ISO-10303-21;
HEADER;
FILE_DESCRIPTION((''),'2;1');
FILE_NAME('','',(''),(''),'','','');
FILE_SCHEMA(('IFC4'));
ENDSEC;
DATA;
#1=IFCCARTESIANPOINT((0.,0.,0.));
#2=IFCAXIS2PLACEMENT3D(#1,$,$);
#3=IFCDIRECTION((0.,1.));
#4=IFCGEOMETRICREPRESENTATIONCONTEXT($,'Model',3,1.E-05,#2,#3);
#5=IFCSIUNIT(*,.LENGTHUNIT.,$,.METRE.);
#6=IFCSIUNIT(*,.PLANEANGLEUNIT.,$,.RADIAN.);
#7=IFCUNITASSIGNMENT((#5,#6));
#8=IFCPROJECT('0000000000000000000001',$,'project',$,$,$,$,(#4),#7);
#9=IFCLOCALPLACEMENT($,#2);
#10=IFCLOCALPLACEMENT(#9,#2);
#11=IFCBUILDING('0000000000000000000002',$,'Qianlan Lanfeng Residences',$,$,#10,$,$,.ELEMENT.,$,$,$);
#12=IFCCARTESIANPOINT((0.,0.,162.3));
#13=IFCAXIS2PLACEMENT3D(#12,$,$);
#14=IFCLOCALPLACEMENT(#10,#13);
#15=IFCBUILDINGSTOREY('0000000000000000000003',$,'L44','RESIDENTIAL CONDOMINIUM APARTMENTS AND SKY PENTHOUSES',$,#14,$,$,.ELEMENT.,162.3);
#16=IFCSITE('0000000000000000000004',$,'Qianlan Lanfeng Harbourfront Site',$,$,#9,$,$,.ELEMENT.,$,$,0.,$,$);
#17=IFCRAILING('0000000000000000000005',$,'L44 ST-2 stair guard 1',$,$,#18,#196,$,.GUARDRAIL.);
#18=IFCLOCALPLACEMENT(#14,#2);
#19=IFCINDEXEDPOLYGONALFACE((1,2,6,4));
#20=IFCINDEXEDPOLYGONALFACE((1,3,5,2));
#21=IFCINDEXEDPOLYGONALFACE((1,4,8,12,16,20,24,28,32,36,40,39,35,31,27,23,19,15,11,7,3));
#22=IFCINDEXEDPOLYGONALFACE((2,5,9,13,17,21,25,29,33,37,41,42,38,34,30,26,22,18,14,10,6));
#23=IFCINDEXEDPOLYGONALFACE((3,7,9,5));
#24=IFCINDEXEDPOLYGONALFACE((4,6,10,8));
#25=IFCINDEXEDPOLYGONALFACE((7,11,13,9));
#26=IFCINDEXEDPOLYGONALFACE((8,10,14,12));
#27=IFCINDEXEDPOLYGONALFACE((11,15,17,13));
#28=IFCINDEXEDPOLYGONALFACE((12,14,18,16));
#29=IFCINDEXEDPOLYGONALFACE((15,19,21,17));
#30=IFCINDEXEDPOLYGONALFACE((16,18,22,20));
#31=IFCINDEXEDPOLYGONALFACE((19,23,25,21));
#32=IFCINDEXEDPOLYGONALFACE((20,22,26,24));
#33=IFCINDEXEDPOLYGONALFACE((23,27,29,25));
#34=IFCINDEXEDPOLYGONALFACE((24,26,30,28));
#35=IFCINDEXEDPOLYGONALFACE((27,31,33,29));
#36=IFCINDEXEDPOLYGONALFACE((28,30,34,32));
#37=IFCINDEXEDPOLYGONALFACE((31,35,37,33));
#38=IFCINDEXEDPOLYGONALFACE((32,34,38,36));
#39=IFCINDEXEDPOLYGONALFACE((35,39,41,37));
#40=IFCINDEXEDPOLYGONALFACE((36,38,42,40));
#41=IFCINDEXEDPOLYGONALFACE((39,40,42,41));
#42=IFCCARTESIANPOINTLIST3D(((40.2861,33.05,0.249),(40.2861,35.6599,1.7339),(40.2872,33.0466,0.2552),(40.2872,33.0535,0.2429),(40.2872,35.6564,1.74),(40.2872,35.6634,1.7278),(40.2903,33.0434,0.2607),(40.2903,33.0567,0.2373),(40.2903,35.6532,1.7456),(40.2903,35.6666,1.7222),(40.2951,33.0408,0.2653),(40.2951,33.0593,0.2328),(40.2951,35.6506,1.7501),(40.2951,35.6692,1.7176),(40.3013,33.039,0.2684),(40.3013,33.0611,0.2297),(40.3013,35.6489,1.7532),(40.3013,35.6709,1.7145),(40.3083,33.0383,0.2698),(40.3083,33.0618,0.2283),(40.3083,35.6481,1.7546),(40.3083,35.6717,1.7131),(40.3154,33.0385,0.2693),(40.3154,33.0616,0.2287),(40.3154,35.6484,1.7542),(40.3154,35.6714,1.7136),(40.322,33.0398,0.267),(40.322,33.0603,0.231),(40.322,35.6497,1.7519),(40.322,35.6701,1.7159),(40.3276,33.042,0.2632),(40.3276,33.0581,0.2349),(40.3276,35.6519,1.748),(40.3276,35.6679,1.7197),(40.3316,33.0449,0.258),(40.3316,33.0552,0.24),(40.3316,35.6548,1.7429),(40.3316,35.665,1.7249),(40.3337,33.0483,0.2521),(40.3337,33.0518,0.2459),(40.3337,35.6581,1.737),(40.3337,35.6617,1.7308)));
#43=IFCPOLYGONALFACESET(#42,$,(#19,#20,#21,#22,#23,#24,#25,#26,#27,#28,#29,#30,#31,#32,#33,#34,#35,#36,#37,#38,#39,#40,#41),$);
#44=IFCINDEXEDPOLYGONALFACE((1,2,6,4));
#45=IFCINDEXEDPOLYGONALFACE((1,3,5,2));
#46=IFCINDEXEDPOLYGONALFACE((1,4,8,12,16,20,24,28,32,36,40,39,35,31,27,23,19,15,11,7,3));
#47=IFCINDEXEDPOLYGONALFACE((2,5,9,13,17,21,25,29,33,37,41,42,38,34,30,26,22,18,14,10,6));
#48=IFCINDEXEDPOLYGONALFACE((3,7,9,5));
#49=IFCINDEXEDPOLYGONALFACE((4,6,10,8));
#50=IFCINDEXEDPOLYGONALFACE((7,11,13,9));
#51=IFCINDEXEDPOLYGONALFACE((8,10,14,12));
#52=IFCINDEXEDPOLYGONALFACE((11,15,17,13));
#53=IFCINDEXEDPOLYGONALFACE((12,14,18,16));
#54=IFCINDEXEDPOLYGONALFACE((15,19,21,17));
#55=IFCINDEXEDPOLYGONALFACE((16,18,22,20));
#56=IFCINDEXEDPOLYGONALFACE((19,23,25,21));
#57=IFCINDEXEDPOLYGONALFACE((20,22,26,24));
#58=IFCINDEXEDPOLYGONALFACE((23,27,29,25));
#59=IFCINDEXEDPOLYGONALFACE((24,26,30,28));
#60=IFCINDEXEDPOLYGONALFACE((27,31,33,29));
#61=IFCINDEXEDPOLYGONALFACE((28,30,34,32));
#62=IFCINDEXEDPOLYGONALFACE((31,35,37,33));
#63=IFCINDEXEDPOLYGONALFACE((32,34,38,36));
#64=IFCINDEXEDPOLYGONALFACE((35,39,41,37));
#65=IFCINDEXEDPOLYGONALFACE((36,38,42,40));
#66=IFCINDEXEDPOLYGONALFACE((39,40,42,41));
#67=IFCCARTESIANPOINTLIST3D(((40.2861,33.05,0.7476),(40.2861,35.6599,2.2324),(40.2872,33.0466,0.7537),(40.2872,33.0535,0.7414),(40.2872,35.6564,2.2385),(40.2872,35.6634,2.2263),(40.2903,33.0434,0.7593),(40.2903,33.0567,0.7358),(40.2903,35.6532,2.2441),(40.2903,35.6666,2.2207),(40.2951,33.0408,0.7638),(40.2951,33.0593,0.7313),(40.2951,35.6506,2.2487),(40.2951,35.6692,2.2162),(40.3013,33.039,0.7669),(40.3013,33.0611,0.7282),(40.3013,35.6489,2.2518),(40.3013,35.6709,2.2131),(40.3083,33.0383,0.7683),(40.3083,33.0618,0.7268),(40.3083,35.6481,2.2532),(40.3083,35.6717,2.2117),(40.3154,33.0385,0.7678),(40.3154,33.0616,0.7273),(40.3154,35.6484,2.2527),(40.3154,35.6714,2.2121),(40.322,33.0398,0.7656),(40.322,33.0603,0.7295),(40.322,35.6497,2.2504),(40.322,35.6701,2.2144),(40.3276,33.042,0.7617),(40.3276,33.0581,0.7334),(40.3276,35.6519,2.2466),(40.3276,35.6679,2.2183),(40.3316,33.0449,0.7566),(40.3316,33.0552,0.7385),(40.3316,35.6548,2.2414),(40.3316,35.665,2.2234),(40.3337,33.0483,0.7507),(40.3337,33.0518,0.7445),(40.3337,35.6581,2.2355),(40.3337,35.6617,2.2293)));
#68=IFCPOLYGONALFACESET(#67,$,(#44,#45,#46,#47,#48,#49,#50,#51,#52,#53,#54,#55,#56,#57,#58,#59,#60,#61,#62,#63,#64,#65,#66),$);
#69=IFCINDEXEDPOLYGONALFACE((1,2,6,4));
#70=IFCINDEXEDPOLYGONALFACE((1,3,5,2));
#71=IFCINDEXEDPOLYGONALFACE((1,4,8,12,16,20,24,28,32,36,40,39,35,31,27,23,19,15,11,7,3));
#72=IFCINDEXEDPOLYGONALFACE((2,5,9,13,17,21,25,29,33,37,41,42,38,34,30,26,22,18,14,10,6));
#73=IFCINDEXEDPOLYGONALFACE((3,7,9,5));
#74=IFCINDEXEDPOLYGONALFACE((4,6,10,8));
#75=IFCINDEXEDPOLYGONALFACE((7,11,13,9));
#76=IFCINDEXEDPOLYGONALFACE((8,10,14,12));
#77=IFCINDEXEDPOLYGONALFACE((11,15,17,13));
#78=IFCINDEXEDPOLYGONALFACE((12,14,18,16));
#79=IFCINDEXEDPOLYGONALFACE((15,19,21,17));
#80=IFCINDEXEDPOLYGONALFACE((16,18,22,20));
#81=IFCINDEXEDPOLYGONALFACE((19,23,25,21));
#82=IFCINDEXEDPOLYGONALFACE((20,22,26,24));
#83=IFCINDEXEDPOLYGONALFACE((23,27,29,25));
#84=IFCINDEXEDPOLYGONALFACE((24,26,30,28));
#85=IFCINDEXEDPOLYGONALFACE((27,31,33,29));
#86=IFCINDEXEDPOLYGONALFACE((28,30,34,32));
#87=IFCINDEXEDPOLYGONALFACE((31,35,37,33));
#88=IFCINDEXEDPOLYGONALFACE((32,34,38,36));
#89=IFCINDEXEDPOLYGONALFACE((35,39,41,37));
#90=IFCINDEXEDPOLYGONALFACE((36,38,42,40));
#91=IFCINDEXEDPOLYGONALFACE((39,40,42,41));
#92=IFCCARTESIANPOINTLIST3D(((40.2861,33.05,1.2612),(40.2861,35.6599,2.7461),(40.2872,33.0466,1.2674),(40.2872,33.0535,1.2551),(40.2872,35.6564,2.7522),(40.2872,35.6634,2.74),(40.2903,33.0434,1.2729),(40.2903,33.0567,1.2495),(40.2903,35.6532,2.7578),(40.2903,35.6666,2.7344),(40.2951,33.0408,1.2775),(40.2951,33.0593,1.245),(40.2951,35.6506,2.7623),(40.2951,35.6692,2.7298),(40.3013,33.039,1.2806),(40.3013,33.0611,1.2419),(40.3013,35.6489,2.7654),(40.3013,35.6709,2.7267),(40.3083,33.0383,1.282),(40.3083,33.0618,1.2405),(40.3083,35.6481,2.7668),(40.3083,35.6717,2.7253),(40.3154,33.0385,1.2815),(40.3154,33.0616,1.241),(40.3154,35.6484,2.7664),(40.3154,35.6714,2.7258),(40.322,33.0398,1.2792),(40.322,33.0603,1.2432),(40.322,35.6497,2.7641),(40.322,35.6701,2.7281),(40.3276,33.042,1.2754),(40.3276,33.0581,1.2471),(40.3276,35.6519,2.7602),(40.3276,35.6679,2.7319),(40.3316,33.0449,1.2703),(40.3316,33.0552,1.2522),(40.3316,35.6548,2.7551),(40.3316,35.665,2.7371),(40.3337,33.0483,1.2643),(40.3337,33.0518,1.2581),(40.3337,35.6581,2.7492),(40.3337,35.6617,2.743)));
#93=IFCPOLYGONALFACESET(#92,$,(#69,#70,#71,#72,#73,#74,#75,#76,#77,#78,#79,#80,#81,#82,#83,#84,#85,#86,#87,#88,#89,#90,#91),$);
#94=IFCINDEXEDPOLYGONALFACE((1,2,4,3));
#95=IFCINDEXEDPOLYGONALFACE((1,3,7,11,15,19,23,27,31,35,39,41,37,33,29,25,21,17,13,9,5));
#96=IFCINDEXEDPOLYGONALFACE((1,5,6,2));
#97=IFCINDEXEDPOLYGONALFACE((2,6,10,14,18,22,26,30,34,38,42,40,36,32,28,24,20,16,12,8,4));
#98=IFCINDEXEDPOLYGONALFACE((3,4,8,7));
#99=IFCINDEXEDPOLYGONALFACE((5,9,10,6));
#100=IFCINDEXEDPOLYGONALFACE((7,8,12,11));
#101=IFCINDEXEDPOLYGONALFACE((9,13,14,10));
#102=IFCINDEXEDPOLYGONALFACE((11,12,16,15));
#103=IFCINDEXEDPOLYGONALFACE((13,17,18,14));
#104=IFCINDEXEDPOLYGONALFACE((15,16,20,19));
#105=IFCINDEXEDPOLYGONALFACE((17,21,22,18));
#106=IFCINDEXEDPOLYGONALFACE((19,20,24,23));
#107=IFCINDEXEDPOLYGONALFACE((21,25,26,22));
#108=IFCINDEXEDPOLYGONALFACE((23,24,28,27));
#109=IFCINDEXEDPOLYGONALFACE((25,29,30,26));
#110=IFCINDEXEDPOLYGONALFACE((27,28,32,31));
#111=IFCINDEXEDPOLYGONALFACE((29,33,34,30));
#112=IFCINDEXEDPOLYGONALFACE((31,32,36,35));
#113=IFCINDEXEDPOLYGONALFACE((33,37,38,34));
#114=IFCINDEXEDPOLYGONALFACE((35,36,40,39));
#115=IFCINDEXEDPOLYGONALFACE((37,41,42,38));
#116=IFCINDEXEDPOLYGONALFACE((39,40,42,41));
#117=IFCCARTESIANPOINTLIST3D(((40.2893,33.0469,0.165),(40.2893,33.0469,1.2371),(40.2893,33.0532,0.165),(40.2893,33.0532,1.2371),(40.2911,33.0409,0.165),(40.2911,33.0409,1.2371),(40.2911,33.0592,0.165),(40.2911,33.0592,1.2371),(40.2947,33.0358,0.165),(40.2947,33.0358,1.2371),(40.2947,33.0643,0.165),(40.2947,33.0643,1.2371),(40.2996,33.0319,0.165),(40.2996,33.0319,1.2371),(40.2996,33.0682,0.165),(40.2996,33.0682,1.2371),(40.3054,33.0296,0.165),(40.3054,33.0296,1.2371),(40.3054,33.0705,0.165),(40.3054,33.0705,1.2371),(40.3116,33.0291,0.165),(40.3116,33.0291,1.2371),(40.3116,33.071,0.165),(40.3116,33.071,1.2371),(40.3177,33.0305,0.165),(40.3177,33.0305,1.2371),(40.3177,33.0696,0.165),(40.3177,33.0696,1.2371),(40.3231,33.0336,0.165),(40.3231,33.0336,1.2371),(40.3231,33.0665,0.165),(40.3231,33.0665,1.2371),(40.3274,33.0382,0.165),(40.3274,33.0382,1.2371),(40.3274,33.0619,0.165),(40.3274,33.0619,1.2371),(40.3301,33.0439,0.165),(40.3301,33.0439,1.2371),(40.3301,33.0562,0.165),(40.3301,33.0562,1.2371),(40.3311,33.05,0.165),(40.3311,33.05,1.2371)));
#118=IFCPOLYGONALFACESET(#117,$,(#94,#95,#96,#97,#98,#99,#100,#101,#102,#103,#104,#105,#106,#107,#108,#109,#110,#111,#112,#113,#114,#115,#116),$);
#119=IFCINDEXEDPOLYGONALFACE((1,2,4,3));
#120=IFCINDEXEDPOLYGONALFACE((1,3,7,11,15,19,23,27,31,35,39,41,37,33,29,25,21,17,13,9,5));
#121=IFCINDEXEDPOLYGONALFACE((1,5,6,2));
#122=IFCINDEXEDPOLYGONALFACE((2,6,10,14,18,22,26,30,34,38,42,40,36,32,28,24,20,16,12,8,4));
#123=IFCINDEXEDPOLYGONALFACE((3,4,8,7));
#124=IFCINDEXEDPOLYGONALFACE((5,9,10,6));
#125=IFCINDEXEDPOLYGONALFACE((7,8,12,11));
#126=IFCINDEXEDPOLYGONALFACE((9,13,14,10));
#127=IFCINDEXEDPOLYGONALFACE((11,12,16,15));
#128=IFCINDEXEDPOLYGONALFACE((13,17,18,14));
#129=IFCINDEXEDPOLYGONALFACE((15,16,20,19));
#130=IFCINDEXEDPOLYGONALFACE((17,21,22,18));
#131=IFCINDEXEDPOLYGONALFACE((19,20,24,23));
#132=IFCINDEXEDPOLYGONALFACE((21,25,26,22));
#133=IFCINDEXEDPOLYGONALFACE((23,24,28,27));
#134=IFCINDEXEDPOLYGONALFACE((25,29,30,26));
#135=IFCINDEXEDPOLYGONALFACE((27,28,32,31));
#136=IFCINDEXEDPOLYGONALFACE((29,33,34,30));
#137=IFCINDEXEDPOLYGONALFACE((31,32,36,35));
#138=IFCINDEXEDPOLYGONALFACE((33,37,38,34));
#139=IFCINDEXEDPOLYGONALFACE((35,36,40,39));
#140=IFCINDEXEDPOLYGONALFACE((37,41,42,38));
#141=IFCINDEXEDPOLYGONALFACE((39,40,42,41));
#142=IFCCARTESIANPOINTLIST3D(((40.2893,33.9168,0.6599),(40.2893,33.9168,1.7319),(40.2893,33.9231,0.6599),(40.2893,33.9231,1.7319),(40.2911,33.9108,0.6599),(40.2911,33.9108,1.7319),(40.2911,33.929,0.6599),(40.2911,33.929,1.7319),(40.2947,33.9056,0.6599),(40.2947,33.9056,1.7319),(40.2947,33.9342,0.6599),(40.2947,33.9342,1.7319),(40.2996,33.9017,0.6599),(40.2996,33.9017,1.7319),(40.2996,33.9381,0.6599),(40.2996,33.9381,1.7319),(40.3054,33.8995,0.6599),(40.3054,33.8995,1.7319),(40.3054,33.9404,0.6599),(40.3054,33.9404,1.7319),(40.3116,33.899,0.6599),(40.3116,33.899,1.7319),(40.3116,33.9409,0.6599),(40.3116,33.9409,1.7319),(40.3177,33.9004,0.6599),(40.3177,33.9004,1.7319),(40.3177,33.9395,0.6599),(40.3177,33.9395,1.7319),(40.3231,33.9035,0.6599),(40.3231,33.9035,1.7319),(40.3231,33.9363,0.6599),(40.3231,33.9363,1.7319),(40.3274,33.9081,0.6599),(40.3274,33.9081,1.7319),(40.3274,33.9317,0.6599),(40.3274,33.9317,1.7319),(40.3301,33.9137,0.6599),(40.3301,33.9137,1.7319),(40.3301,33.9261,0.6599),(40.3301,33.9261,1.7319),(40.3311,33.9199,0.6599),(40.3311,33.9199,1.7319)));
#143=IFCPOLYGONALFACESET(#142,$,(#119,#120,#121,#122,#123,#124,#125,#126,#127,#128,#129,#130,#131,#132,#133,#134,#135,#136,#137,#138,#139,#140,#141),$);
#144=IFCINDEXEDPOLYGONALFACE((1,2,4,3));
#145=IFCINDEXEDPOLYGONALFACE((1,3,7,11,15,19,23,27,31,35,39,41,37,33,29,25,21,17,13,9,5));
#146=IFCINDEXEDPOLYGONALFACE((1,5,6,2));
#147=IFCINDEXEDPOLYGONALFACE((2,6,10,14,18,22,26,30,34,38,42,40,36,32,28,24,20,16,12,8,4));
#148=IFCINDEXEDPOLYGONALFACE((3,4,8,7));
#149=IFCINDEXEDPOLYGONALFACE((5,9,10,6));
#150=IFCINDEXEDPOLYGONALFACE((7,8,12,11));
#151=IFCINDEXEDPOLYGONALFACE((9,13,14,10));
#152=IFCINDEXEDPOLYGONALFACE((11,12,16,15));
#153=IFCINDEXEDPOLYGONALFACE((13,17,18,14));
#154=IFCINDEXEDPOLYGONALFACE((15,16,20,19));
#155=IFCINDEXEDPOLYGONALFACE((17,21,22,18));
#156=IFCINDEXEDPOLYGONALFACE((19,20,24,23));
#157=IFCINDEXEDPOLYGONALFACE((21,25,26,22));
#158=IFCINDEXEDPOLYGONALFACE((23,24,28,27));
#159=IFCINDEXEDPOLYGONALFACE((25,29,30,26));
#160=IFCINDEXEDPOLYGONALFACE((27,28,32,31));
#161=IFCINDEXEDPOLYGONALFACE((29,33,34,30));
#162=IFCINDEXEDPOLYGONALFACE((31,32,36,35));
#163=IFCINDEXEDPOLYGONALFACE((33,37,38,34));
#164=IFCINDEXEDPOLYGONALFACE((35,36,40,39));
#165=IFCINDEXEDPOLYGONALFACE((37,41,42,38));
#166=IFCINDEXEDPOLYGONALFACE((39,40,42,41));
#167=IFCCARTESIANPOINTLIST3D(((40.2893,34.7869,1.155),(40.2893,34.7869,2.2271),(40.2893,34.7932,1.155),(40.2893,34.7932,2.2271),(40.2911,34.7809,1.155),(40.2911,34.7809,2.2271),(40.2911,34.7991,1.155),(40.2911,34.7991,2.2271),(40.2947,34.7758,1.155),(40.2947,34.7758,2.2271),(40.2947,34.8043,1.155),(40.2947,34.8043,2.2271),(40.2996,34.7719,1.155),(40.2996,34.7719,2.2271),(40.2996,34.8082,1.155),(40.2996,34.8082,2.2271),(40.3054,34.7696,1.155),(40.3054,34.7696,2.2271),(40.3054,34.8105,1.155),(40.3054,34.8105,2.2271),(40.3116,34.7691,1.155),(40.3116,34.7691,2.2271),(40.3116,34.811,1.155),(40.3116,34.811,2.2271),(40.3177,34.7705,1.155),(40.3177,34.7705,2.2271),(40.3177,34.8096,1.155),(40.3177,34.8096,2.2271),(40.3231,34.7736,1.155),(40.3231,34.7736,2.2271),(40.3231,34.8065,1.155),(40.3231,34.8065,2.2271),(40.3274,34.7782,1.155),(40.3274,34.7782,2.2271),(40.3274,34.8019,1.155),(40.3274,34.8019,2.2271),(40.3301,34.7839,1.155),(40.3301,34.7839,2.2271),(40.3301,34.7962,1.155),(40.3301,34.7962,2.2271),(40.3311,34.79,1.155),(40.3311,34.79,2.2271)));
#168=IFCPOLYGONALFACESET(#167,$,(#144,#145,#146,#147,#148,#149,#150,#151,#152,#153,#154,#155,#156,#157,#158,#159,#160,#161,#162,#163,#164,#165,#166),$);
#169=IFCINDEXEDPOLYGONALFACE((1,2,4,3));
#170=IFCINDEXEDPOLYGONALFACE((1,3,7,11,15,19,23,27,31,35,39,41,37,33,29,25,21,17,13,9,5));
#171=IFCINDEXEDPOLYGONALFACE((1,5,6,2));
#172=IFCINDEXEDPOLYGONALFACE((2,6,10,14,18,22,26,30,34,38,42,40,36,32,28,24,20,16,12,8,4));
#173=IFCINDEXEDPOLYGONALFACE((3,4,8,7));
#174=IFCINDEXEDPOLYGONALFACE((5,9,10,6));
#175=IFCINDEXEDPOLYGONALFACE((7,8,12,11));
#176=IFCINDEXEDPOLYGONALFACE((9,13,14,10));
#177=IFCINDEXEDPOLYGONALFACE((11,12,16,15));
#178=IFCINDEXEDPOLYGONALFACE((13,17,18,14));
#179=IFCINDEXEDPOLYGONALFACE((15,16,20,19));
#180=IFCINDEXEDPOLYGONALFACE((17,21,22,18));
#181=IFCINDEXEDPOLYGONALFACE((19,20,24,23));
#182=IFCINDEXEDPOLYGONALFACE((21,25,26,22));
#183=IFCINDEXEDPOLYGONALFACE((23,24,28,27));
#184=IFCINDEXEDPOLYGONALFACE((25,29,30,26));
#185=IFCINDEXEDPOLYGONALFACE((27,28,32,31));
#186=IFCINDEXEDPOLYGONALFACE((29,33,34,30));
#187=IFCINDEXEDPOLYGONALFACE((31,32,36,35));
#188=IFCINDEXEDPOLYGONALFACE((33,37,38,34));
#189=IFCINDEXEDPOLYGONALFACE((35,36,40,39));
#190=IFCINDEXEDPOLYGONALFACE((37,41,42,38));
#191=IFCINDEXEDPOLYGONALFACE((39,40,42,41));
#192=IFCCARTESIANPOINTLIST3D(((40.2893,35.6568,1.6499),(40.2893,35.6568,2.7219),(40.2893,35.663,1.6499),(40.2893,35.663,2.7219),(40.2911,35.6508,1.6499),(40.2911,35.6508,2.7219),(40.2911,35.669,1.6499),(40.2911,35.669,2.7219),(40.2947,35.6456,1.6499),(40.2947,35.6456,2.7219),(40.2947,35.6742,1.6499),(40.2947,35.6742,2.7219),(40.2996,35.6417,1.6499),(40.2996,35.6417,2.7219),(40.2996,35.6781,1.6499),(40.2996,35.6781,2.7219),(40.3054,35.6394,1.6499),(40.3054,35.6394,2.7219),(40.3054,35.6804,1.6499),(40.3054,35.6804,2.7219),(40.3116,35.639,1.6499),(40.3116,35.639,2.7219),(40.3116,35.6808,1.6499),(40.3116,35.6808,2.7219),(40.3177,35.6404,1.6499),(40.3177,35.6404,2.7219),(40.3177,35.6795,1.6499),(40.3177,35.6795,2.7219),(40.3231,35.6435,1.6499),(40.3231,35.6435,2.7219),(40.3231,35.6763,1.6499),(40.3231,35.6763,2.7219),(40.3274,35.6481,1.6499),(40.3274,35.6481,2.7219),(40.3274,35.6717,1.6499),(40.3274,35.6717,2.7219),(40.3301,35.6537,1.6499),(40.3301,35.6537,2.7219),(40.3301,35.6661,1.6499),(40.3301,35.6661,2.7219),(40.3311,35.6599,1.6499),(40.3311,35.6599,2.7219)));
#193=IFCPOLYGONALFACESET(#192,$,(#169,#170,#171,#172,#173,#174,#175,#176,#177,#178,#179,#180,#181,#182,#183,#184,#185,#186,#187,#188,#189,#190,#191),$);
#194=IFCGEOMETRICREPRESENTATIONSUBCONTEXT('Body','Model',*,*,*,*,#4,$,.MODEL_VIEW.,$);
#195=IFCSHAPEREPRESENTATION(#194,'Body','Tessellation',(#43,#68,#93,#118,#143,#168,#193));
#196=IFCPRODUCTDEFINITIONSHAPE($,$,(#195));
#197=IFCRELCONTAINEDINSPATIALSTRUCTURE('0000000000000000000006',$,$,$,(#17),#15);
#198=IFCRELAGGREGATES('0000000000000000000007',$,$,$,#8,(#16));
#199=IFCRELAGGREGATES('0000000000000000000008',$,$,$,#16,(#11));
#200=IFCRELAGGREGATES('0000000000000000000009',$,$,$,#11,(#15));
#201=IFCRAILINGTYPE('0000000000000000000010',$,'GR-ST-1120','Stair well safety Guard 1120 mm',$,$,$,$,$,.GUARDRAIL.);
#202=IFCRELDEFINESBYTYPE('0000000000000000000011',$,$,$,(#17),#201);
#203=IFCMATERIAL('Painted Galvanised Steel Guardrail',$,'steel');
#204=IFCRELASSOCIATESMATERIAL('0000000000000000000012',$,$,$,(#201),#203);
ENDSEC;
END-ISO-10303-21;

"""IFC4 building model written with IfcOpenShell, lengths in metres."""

from ifc_helpers import new_model, si_unit, direction, frame, origin, origin_2d, place, context, subcontext, project, spatial, circle, extrude, material, type_object, element, save


model = new_model("IFC4")

# Units and contexts
model_context = context("Model", 3, precision=1e-05, world=origin(), true_north=direction((0.0, 1.0)))
body_context = subcontext(model_context, "Body", "Model", "MODEL_VIEW")
ifc_project = project(units=[si_unit("LENGTHUNIT", "METRE"), si_unit("PLANEANGLEUNIT", "RADIAN")], contexts=[model_context])

# Site, building, storey
site_placement = place(None, origin())
site = spatial("IfcSite", under=ifc_project, at=site_placement, Name="Qianlan Lanfeng Harbourfront Site", CompositionType="ELEMENT", RefElevation=0.0)
building_placement = place(site_placement, origin())
building = spatial("IfcBuilding", under=site, at=building_placement, Name="Qianlan Lanfeng Residences", CompositionType="ELEMENT")
storey_placement = place(building_placement, frame((0.0, 0.0, 162.3)))
storey = spatial("IfcBuildingStorey", under=building, at=storey_placement, Name="L44", Description="RESIDENTIAL CONDOMINIUM APARTMENTS AND SKY PENTHOUSES", CompositionType="ELEMENT", Elevation=162.3)

# Railing
ifc_material_1 = material(Name="Painted Galvanised Steel Guardrail", Category="steel")
railing_type_1 = type_object("IfcRailingType", Name="GR-ST-1120", Description="Stair well safety Guard 1120 mm", PredefinedType="GUARDRAIL", material=ifc_material_1)
railing_1_placement = place(storey_placement, frame((40.3101, 33.05, 0.165)))
element("IfcRailing", 1, at=railing_1_placement, inside=storey, type_object=railing_type_1, Name="L44 ST-2 stair guard 1", PredefinedType="GUARDRAIL", context=body_context, shape_type="SweptSolid", body=[
    extrude(circle(Radius=0.0239, at=origin_2d()), frame((0.0, 0.0, 0.084), z_axis=(0.0, 0.869172, 0.494509), x_axis=(-1.0, 0.0, 0.0)), (0.0, 0.0, 1.0), 3.0027),
    extrude(circle(Radius=0.0239, at=origin_2d()), frame((0.0, 0.0, 0.5825), z_axis=(0.0, 0.869172, 0.494509), x_axis=(-1.0, 0.0, 0.0)), (0.0, 0.0, 1.0), 3.0027),
    extrude(circle(Radius=0.0239, at=origin_2d()), frame((0.0, 0.0, 1.0962), z_axis=(0.0, 0.869172, 0.494509), x_axis=(-1.0, 0.0, 0.0)), (0.0, 0.0, 1.0), 3.0027),
    extrude(circle(Radius=0.021, at=origin_2d()), origin(), (0.0, 0.0, 1.0), 1.072),
    extrude(circle(Radius=0.021, at=origin_2d()), frame((0.0, 0.8699, 0.4949)), (0.0, 0.0, 1.0), 1.072),
    extrude(circle(Radius=0.021, at=origin_2d()), frame((0.0, 1.74, 0.99)), (0.0, 0.0, 1.0), 1.072),
    extrude(circle(Radius=0.021, at=origin_2d()), frame((0.0, 2.6099, 1.4849)), (0.0, 0.0, 1.0), 1.072),
])

save(model, "model.ifc")
